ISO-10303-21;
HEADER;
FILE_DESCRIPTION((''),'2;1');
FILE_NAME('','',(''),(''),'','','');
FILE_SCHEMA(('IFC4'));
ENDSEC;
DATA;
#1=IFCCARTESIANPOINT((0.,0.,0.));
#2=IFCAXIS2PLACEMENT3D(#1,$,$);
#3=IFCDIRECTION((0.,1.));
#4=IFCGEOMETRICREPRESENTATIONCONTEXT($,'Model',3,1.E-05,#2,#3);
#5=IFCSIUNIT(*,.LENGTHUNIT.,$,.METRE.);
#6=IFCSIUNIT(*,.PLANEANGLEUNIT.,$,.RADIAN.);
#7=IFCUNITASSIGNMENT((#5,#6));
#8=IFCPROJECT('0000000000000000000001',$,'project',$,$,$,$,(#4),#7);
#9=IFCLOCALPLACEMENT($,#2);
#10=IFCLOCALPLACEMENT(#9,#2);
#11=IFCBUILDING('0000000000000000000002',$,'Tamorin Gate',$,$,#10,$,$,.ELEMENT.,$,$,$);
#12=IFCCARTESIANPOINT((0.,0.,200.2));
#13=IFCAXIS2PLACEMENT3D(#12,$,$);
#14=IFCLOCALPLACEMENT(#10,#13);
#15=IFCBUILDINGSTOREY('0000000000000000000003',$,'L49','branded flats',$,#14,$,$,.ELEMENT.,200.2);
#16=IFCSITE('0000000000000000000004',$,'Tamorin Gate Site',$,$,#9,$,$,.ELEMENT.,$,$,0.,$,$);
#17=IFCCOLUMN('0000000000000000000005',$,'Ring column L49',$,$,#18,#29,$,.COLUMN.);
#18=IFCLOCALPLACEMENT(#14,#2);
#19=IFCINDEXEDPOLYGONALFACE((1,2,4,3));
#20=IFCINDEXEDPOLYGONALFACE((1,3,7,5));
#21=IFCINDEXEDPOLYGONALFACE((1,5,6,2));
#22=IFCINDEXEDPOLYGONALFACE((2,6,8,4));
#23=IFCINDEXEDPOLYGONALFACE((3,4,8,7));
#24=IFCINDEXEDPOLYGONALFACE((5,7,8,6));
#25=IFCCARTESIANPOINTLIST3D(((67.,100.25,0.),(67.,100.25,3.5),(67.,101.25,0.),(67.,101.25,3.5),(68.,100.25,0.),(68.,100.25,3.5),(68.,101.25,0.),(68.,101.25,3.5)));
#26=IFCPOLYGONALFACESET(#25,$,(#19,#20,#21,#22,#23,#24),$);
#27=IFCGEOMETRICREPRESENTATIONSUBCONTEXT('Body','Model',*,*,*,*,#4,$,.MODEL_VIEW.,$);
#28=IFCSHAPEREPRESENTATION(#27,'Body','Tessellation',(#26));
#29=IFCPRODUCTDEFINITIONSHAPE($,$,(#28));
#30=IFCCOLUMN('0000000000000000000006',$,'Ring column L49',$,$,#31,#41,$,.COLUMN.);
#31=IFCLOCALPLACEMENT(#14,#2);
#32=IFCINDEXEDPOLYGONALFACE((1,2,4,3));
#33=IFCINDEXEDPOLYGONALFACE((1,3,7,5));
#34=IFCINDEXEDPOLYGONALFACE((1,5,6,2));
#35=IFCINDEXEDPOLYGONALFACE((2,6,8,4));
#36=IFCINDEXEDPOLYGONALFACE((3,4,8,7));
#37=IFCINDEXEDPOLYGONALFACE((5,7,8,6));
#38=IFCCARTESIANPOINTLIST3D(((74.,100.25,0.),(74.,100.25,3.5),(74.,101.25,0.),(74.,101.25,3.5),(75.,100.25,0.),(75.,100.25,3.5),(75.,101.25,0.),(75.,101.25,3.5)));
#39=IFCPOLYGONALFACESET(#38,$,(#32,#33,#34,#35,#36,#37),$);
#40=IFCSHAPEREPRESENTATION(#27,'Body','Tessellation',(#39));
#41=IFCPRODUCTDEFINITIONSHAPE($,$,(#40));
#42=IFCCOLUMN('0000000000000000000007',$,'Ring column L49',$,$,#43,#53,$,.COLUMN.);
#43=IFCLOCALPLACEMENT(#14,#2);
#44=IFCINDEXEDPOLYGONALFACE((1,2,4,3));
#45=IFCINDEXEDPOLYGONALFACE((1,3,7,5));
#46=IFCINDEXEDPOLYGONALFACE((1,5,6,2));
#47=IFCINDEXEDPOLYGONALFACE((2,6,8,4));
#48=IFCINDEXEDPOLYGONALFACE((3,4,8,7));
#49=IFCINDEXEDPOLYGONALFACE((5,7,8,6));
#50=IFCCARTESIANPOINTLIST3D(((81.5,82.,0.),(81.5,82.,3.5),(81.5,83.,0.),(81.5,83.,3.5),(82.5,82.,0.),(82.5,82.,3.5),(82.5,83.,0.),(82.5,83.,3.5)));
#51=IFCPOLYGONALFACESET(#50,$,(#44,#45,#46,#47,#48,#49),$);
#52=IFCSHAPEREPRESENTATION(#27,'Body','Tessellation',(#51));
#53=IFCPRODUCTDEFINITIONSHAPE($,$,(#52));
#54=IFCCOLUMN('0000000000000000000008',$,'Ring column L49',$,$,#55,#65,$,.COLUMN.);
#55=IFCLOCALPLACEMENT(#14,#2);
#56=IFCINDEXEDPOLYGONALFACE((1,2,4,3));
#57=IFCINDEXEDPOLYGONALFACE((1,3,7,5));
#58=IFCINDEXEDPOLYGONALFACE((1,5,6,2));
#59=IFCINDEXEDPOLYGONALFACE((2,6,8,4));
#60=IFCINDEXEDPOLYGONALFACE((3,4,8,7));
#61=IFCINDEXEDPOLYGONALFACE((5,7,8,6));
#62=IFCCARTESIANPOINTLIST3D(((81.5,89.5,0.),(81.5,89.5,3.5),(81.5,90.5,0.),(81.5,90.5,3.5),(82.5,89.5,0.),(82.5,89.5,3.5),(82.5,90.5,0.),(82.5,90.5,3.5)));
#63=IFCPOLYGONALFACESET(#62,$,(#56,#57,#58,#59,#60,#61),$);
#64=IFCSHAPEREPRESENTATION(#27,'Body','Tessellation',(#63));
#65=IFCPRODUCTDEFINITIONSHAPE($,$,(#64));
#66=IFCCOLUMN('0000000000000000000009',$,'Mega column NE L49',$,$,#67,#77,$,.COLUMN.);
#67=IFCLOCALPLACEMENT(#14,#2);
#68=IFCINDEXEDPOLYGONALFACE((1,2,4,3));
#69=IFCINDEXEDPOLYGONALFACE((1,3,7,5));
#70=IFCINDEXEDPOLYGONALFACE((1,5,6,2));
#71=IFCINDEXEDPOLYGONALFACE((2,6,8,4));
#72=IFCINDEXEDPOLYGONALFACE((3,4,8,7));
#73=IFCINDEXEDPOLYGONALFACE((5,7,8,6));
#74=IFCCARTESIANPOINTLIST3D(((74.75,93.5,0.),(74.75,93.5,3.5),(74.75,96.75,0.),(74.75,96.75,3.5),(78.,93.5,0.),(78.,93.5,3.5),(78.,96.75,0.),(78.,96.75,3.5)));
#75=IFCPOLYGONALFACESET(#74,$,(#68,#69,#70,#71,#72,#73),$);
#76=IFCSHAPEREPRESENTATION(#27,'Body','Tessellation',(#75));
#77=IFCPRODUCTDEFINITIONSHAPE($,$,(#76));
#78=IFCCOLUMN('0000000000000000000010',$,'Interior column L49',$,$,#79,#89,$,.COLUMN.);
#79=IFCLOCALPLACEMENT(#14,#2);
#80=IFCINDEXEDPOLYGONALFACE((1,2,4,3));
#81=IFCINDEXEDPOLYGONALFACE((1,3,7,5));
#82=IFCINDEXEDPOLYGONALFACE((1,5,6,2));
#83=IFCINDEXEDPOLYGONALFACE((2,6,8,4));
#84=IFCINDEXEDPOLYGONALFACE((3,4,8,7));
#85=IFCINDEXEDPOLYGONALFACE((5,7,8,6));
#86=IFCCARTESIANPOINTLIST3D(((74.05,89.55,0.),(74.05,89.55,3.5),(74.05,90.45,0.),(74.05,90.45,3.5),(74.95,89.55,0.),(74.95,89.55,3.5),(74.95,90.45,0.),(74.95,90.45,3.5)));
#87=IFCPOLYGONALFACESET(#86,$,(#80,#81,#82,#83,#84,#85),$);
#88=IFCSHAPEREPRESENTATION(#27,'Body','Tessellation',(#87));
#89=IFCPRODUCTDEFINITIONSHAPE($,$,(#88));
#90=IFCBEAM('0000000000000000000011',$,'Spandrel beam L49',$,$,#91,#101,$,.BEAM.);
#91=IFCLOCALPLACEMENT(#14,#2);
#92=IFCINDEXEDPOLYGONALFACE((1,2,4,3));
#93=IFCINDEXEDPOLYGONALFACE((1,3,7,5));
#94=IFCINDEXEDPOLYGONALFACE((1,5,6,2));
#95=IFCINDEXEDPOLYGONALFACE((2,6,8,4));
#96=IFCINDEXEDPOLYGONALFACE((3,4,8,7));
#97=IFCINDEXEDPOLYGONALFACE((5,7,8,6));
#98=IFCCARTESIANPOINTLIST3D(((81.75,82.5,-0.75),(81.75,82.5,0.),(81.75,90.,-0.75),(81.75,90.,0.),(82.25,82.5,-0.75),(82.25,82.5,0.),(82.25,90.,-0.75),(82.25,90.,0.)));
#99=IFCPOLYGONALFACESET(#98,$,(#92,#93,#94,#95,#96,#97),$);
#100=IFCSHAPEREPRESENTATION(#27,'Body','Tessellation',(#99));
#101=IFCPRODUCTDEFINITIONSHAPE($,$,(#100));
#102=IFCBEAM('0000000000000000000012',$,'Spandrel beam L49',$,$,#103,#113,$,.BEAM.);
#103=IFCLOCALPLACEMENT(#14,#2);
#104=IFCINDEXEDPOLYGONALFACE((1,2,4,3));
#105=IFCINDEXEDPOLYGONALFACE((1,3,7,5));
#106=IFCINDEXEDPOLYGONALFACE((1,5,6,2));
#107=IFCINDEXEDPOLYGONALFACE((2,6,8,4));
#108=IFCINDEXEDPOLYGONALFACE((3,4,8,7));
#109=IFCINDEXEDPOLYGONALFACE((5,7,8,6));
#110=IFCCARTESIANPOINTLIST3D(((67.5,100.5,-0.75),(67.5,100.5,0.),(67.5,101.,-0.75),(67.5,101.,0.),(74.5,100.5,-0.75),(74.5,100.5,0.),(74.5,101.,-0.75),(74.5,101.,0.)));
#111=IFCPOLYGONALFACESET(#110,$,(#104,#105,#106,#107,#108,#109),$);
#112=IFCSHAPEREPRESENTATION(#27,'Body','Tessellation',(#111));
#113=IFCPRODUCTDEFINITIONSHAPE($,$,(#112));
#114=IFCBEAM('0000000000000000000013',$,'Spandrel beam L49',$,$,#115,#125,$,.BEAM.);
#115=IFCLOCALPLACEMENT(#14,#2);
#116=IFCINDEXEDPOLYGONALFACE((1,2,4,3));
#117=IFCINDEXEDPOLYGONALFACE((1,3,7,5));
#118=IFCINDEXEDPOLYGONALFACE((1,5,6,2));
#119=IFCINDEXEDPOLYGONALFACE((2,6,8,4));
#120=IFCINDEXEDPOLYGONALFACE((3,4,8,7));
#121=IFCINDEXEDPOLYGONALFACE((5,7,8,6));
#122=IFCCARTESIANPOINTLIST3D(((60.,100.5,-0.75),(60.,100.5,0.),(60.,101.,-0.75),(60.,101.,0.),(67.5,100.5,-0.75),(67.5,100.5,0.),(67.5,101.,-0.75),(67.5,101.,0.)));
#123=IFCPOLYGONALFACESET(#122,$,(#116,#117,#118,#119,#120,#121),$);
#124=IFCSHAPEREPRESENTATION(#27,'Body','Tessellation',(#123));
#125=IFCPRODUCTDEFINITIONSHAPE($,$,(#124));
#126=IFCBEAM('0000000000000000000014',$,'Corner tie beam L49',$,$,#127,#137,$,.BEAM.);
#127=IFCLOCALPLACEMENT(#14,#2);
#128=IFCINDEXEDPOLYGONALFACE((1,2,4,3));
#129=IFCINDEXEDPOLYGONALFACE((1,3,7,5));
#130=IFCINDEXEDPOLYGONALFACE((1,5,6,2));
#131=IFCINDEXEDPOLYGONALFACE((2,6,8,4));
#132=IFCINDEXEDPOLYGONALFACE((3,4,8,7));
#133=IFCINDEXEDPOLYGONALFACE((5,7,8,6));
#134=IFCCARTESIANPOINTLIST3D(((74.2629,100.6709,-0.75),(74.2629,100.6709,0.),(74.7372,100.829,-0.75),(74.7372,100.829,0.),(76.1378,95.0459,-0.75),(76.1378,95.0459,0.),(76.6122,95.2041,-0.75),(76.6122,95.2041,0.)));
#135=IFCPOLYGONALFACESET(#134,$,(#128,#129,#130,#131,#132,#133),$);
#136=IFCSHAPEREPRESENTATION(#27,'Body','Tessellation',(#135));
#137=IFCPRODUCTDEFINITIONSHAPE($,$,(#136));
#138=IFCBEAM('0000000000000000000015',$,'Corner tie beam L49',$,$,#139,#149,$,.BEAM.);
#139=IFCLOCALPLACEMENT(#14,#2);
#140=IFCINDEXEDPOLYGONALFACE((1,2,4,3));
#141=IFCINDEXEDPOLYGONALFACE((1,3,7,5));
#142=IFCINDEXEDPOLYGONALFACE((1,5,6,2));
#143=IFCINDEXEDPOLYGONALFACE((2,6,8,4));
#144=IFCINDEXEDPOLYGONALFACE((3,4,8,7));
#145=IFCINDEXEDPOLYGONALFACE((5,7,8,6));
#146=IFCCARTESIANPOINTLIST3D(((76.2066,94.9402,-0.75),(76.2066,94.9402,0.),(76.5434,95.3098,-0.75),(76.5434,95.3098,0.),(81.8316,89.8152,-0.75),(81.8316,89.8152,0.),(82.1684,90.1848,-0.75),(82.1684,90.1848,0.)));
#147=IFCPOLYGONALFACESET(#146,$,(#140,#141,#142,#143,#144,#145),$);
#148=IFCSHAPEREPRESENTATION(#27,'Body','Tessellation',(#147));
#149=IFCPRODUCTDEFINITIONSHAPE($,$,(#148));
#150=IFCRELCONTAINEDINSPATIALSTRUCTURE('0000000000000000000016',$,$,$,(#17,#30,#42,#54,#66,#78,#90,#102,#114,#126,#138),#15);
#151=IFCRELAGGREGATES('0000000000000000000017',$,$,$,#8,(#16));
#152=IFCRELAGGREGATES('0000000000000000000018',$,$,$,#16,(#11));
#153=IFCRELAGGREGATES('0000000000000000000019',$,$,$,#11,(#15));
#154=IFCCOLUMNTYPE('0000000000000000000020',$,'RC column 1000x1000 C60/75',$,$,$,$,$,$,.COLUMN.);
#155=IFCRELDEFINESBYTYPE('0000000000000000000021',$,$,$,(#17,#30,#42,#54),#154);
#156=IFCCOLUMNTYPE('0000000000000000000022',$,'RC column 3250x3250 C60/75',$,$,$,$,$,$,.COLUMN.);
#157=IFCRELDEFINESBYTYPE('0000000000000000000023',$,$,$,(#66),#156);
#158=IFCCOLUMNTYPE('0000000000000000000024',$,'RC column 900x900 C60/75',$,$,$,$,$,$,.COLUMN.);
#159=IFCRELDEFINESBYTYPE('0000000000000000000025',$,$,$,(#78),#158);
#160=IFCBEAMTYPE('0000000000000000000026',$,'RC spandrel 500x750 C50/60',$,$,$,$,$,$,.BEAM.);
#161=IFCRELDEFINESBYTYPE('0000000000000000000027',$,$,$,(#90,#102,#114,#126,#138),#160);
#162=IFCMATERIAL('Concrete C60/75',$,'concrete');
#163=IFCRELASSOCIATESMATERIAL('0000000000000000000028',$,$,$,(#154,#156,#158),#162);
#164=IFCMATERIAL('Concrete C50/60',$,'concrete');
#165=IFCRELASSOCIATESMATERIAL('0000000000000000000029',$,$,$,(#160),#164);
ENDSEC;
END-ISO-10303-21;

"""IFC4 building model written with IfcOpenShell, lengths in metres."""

from ifc_helpers import new_model, si_unit, direction, frame, origin, origin_2d, place, context, subcontext, project, spatial, rectangle, extrude, material, material_profile, profile_set, type_object, element, save


model = new_model("IFC4")

# Units and contexts
model_context = context("Model", 3, precision=1e-05, world=origin(), true_north=direction((0.0, 1.0)))
body_context = subcontext(model_context, "Body", "Model", "MODEL_VIEW")
ifc_project = project(units=[si_unit("LENGTHUNIT", "METRE"), si_unit("PLANEANGLEUNIT", "RADIAN")], contexts=[model_context])

# Site, building, storey
site_placement = place(None, origin())
site = spatial("IfcSite", under=ifc_project, at=site_placement, Name="Tamorin Gate Site", CompositionType="ELEMENT", RefElevation=0.0)
building_placement = place(site_placement, origin())
building = spatial("IfcBuilding", under=site, at=building_placement, Name="Tamorin Gate", CompositionType="ELEMENT")
storey_placement = place(building_placement, frame((0.0, 0.0, 200.2)))
storey = spatial("IfcBuildingStorey", under=building, at=storey_placement, Name="L49", Description="branded flats", CompositionType="ELEMENT", Elevation=200.2)

# Columns
ifc_material_1 = material(Name="Concrete C60/75", Category="concrete")
ifc_material_profile_1 = material_profile(ifc_material_1, rectangle(XDim=1.0, YDim=1.0, at=origin_2d()), Name="RC 1000x1000")
ifc_profile_set_1 = profile_set([ifc_material_profile_1], Name="Concrete C60/75")
column_type_1 = type_object("IfcColumnType", Name="RC column 1000x1000 C60/75", PredefinedType="COLUMN", material=ifc_profile_set_1)
for number, where, z_axis, x_axis, name in (
    (1, (67.5, 100.75, 0.0), (0.0, 0.0, 1.0), (1.0, 0.0, 0.0), "Ring column L49"),
    (2, (74.5, 100.75, 0.0), (0.0, 0.0, 1.0), (1.0, 0.0, 0.0), "Ring column L49"),
    (3, (82.0, 82.5, 0.0), (0.0, 0.0, 1.0), (1.0, 0.0, 0.0), "Ring column L49"),
    (4, (82.0, 90.0, 0.0), (0.0, 0.0, 1.0), (1.0, 0.0, 0.0), "Ring column L49"),
):
    element("IfcColumn", number, at=place(storey_placement, frame(where, z_axis=z_axis, x_axis=x_axis)), inside=storey, type_object=column_type_1, Name=name, PredefinedType="COLUMN", context=body_context, shape_type="SweptSolid", body=[
        extrude(rectangle(XDim=1.0, YDim=1.0, at=origin_2d()), origin(), (0.0, 0.0, 1.0), 3.5),
    ])
ifc_material_profile_2 = material_profile(ifc_material_1, rectangle(XDim=3.25, YDim=3.25, at=origin_2d()), Name="RC 3250x3250")
ifc_profile_set_2 = profile_set([ifc_material_profile_2], Name="Concrete C60/75")
column_type_2 = type_object("IfcColumnType", Name="RC column 3250x3250 C60/75", PredefinedType="COLUMN", material=ifc_profile_set_2)
column_1_placement = place(storey_placement, frame((76.375, 95.125, 0.0), z_axis=(0.0, 0.0, 1.0), x_axis=(1.0, 0.0, 0.0)))
element("IfcColumn", 5, at=column_1_placement, inside=storey, type_object=column_type_2, Name="Mega column NE L49", PredefinedType="COLUMN", context=body_context, shape_type="SweptSolid", body=[
    extrude(rectangle(XDim=3.25, YDim=3.25, at=origin_2d()), origin(), (0.0, 0.0, 1.0), 3.5),
])
ifc_material_profile_3 = material_profile(ifc_material_1, rectangle(XDim=0.8999, YDim=0.8999, at=origin_2d()), Name="RC 900x900")
ifc_profile_set_3 = profile_set([ifc_material_profile_3], Name="Concrete C60/75")
column_type_3 = type_object("IfcColumnType", Name="RC column 900x900 C60/75", PredefinedType="COLUMN", material=ifc_profile_set_3)
column_2_placement = place(storey_placement, frame((74.5, 90.0, 0.0), z_axis=(0.0, 0.0, 1.0), x_axis=(1.0, 0.0, 0.0)))
element("IfcColumn", 6, at=column_2_placement, inside=storey, type_object=column_type_3, Name="Interior column L49", PredefinedType="COLUMN", context=body_context, shape_type="SweptSolid", body=[
    extrude(rectangle(XDim=0.8999, YDim=0.8999, at=origin_2d()), origin(), (0.0, 0.0, 1.0), 3.5),
])

# Beams
ifc_material_2 = material(Name="Concrete C50/60", Category="concrete")
ifc_material_profile_4 = material_profile(ifc_material_2, rectangle(XDim=0.5, YDim=0.75, at=origin_2d()), Name="RC 500x750")
ifc_profile_set_4 = profile_set([ifc_material_profile_4], Name="Concrete C50/60")
beam_type = type_object("IfcBeamType", Name="RC spandrel 500x750 C50/60", PredefinedType="BEAM", material=ifc_profile_set_4)
beam_1_placement = place(storey_placement, frame((82.0, 82.5, -0.375), z_axis=(0.0, 1.0, 0.0), x_axis=(-1.0, 0.0, 0.0)))
element("IfcBeam", 7, at=beam_1_placement, inside=storey, type_object=beam_type, Name="Spandrel beam L49", PredefinedType="BEAM", context=body_context, shape_type="SweptSolid", body=[
    extrude(rectangle(XDim=0.5, YDim=0.75, at=origin_2d()), origin(), (0.0, 0.0, 1.0), 7.5),
])
beam_2_placement = place(storey_placement, frame((74.5, 100.75, -0.375), z_axis=(-1.0, 0.0, 0.0), x_axis=(0.0, -1.0, 0.0)))
element("IfcBeam", 8, at=beam_2_placement, inside=storey, type_object=beam_type, Name="Spandrel beam L49", PredefinedType="BEAM", context=body_context, shape_type="SweptSolid", body=[
    extrude(rectangle(XDim=0.5, YDim=0.75, at=origin_2d()), origin(), (0.0, 0.0, 1.0), 7.0),
])
beam_3_placement = place(storey_placement, frame((67.5, 100.75, -0.375), z_axis=(-1.0, 0.0, 0.0), x_axis=(0.0, -1.0, 0.0)))
element("IfcBeam", 9, at=beam_3_placement, inside=storey, type_object=beam_type, Name="Spandrel beam L49", PredefinedType="BEAM", context=body_context, shape_type="SweptSolid", body=[
    extrude(rectangle(XDim=0.5, YDim=0.75, at=origin_2d()), origin(), (0.0, 0.0, 1.0), 7.5),
])
beam_4_placement = place(storey_placement, frame((76.375, 95.125, -0.375), z_axis=(-0.316228, 0.948683, 0.0), x_axis=(-0.948683, -0.316228, 0.0)))
element("IfcBeam", 10, at=beam_4_placement, inside=storey, type_object=beam_type, Name="Corner tie beam L49", PredefinedType="BEAM", context=body_context, shape_type="SweptSolid", body=[
    extrude(rectangle(XDim=0.5, YDim=0.75, at=origin_2d()), origin(), (0.0, 0.0, 1.0), 5.9292),
])
beam_5_placement = place(storey_placement, frame((76.375, 95.125, -0.375), z_axis=(0.739196, -0.67349, 0.0), x_axis=(0.67349, 0.739196, 0.0)))
element("IfcBeam", 11, at=beam_5_placement, inside=storey, type_object=beam_type, Name="Corner tie beam L49", PredefinedType="BEAM", context=body_context, shape_type="SweptSolid", body=[
    extrude(rectangle(XDim=0.5, YDim=0.75, at=origin_2d()), origin(), (0.0, 0.0, 1.0), 7.6096),
])

save(model, "model.ifc")
